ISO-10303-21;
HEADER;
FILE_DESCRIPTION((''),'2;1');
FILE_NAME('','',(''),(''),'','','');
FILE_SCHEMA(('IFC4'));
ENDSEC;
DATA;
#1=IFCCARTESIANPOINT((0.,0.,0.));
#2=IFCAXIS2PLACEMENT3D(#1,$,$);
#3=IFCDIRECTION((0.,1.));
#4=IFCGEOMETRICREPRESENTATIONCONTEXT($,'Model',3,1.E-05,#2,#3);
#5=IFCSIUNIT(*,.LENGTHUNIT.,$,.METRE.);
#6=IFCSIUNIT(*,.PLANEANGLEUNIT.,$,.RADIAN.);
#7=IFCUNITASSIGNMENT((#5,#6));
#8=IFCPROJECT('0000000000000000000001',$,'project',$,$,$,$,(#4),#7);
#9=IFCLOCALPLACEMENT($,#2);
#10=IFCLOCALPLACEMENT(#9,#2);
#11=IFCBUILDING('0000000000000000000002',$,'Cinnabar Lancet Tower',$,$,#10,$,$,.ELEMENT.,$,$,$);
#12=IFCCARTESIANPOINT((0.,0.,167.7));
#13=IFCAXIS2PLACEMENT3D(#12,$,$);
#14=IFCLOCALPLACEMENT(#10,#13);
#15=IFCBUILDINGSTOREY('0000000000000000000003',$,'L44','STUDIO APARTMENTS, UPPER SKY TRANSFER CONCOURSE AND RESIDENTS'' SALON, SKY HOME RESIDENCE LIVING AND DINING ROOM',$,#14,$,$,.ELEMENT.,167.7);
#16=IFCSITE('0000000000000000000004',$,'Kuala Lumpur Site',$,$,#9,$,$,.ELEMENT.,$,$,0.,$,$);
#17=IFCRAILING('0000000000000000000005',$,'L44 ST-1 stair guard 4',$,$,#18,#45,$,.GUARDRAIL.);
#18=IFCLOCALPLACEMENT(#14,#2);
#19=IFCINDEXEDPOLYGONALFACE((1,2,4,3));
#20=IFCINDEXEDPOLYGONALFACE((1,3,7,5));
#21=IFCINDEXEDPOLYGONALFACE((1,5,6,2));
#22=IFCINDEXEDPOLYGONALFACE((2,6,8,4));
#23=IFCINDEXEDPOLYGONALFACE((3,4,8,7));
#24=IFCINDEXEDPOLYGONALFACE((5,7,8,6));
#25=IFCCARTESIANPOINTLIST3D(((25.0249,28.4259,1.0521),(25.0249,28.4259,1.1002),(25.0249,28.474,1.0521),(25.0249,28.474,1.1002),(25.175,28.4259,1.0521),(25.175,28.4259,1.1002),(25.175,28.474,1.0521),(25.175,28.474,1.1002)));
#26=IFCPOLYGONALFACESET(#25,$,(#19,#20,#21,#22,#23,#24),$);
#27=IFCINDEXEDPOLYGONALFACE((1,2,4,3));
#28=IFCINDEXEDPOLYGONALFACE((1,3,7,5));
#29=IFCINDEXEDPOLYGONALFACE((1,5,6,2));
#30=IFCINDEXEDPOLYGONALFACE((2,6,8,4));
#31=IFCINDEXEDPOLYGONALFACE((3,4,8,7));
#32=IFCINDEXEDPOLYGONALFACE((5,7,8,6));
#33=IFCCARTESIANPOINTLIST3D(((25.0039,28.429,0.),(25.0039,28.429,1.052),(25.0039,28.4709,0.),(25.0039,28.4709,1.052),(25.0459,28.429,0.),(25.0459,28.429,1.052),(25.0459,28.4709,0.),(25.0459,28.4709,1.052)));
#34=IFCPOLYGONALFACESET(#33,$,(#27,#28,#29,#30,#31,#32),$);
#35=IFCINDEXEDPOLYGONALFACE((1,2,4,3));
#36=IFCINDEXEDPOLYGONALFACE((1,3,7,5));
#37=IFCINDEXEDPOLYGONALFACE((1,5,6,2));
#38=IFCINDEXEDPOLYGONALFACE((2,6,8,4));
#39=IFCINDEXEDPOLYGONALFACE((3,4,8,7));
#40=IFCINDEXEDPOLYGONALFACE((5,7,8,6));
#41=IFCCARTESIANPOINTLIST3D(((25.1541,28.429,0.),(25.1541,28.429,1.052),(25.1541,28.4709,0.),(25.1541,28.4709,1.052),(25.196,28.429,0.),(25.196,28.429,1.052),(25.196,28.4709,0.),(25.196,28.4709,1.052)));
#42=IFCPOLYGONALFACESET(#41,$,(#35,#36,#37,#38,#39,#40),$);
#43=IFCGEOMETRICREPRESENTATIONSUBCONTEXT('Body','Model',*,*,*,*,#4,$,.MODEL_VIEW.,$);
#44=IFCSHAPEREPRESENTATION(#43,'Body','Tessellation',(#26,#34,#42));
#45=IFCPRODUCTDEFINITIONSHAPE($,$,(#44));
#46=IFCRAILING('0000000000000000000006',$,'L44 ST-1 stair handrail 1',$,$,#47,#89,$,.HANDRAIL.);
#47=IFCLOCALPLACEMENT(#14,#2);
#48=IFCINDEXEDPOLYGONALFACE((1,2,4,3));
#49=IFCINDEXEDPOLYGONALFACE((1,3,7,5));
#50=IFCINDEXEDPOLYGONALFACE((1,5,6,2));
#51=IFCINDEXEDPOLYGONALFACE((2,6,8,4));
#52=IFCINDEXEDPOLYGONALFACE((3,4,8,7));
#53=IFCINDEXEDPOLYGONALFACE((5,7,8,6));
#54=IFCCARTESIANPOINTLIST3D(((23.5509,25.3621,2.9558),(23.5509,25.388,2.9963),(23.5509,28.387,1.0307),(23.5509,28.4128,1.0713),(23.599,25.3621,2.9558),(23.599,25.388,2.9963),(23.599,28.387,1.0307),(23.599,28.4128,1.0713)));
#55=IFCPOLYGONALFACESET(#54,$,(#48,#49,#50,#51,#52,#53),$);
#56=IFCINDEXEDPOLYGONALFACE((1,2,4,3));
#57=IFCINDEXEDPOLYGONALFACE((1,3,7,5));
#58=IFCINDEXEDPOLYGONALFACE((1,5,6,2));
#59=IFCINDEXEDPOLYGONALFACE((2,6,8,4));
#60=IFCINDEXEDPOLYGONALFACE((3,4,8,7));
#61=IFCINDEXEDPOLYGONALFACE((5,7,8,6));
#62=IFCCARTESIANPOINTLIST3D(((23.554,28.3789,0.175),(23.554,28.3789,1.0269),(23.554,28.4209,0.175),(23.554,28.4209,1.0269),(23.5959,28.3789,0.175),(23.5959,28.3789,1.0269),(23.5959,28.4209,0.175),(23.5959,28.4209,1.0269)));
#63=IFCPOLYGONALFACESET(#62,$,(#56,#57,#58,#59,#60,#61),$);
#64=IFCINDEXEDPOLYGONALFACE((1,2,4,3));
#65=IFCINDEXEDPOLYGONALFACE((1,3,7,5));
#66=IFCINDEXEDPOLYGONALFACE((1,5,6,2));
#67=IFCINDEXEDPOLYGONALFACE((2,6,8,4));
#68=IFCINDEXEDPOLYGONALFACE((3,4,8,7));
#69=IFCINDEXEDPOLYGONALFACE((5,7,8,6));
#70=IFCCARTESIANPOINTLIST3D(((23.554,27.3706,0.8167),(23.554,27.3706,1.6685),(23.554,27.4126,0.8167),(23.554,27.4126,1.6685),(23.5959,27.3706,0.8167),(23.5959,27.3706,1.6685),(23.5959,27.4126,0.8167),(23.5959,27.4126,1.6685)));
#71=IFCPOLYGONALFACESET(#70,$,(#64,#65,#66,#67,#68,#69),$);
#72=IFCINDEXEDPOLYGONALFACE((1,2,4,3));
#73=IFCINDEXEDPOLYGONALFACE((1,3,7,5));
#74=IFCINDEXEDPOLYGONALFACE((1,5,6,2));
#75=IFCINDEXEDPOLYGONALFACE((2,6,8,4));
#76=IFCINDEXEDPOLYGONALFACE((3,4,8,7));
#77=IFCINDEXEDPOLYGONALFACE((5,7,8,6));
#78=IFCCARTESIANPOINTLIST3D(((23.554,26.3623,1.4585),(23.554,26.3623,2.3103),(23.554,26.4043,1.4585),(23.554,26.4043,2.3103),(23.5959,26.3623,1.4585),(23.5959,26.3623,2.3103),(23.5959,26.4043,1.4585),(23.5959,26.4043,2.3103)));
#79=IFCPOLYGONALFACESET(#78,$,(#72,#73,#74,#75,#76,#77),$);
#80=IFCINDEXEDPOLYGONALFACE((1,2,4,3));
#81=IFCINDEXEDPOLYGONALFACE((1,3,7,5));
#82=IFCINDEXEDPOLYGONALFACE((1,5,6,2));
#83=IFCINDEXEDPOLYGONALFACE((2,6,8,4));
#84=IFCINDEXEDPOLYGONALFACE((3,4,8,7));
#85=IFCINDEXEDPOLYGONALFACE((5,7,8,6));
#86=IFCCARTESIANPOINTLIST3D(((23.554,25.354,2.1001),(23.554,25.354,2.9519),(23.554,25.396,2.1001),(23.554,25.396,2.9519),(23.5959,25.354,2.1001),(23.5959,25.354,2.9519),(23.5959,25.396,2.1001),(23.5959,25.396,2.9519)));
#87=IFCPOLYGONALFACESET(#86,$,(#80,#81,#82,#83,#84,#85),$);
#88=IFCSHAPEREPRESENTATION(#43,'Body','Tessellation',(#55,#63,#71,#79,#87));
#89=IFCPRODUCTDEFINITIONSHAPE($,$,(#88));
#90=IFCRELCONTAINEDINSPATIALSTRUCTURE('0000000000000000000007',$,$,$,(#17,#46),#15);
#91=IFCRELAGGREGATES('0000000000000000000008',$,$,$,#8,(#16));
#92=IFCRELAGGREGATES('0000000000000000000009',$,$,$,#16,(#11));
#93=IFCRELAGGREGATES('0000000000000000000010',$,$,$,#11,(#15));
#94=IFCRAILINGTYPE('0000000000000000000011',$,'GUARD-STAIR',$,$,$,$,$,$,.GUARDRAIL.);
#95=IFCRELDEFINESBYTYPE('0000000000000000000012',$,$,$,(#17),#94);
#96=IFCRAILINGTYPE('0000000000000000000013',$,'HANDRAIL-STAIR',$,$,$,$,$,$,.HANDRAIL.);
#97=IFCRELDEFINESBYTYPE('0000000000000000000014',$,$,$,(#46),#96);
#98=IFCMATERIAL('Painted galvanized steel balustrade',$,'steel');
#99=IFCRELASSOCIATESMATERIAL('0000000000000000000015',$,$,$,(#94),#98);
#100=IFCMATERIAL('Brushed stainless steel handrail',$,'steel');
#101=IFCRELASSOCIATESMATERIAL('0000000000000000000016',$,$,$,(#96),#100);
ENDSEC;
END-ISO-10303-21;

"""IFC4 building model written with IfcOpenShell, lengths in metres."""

from ifc_helpers import new_model, si_unit, direction, frame, origin, origin_2d, place, context, subcontext, project, spatial, rectangle, extrude, material, type_object, element, save


model = new_model("IFC4")

# Units and contexts
model_context = context("Model", 3, precision=1e-05, world=origin(), true_north=direction((0.0, 1.0)))
body_context = subcontext(model_context, "Body", "Model", "MODEL_VIEW")
ifc_project = project(units=[si_unit("LENGTHUNIT", "METRE"), si_unit("PLANEANGLEUNIT", "RADIAN")], contexts=[model_context])

# Site, building, storey
site_placement = place(None, origin())
site = spatial("IfcSite", under=ifc_project, at=site_placement, Name="Kuala Lumpur Site", CompositionType="ELEMENT", RefElevation=0.0)
building_placement = place(site_placement, origin())
building = spatial("IfcBuilding", under=site, at=building_placement, Name="Cinnabar Lancet Tower", CompositionType="ELEMENT")
storey_placement = place(building_placement, frame((0.0, 0.0, 167.7)))
storey = spatial("IfcBuildingStorey", under=building, at=storey_placement, Name="L44", Description="STUDIO APARTMENTS, UPPER SKY TRANSFER CONCOURSE AND RESIDENTS' SALON, SKY HOME RESIDENCE LIVING AND DINING ROOM", CompositionType="ELEMENT", Elevation=167.7)

# Railings
ifc_material_1 = material(Name="Painted galvanized steel balustrade", Category="steel")
railing_type_1 = type_object("IfcRailingType", Name="GUARD-STAIR", PredefinedType="GUARDRAIL", material=ifc_material_1)
railing_1_placement = place(storey_placement, frame((25.0249, 28.45, 0.0)))
element("IfcRailing", 1, at=railing_1_placement, inside=storey, type_object=railing_type_1, Name="L44 ST-1 stair guard 4", PredefinedType="GUARDRAIL", context=body_context, shape_type="SweptSolid", body=[
    extrude(rectangle(XDim=0.0481, YDim=0.0481, at=origin_2d()), frame((0.0, 0.0, 1.0762), z_axis=(1.0, 0.0, 0.0), x_axis=(0.0, 1.0, 0.0)), (0.0, 0.0, 1.0), 0.1501),
    extrude(rectangle(XDim=0.042, YDim=0.042, at=origin_2d()), origin(), (0.0, 0.0, 1.0), 1.052),
    extrude(rectangle(XDim=0.042, YDim=0.042, at=origin_2d()), frame((0.1501, 0.0, 0.0)), (0.0, 0.0, 1.0), 1.052),
])
ifc_material_2 = material(Name="Brushed stainless steel handrail", Category="steel")
railing_type_2 = type_object("IfcRailingType", Name="HANDRAIL-STAIR", PredefinedType="HANDRAIL", material=ifc_material_2)
railing_2_placement = place(storey_placement, frame((23.575, 28.3999, 0.175)))
element("IfcRailing", 2, at=railing_2_placement, inside=storey, type_object=railing_type_2, Name="L44 ST-1 stair handrail 1", PredefinedType="HANDRAIL", context=body_context, shape_type="SweptSolid", body=[
    extrude(rectangle(XDim=0.0481, YDim=0.0481, at=origin_2d()), frame((0.0, 0.0, 0.876), z_axis=(0.0, -0.843647, 0.536898), x_axis=(1.0, 0.0, 0.0)), (0.0, 0.0, 1.0), 3.5854),
    extrude(rectangle(XDim=0.042, YDim=0.042, at=origin_2d()), origin(), (0.0, 0.0, 1.0), 0.8518),
    extrude(rectangle(XDim=0.042, YDim=0.042, at=origin_2d()), frame((0.0, -1.0083, 0.6416)), (0.0, 0.0, 1.0), 0.8518),
    extrude(rectangle(XDim=0.042, YDim=0.042, at=origin_2d()), frame((0.0, -2.0166, 1.2834)), (0.0, 0.0, 1.0), 0.8518),
    extrude(rectangle(XDim=0.042, YDim=0.042, at=origin_2d()), frame((0.0, -3.0249, 1.925)), (0.0, 0.0, 1.0), 0.8518),
])

save(model, "model.ifc")
